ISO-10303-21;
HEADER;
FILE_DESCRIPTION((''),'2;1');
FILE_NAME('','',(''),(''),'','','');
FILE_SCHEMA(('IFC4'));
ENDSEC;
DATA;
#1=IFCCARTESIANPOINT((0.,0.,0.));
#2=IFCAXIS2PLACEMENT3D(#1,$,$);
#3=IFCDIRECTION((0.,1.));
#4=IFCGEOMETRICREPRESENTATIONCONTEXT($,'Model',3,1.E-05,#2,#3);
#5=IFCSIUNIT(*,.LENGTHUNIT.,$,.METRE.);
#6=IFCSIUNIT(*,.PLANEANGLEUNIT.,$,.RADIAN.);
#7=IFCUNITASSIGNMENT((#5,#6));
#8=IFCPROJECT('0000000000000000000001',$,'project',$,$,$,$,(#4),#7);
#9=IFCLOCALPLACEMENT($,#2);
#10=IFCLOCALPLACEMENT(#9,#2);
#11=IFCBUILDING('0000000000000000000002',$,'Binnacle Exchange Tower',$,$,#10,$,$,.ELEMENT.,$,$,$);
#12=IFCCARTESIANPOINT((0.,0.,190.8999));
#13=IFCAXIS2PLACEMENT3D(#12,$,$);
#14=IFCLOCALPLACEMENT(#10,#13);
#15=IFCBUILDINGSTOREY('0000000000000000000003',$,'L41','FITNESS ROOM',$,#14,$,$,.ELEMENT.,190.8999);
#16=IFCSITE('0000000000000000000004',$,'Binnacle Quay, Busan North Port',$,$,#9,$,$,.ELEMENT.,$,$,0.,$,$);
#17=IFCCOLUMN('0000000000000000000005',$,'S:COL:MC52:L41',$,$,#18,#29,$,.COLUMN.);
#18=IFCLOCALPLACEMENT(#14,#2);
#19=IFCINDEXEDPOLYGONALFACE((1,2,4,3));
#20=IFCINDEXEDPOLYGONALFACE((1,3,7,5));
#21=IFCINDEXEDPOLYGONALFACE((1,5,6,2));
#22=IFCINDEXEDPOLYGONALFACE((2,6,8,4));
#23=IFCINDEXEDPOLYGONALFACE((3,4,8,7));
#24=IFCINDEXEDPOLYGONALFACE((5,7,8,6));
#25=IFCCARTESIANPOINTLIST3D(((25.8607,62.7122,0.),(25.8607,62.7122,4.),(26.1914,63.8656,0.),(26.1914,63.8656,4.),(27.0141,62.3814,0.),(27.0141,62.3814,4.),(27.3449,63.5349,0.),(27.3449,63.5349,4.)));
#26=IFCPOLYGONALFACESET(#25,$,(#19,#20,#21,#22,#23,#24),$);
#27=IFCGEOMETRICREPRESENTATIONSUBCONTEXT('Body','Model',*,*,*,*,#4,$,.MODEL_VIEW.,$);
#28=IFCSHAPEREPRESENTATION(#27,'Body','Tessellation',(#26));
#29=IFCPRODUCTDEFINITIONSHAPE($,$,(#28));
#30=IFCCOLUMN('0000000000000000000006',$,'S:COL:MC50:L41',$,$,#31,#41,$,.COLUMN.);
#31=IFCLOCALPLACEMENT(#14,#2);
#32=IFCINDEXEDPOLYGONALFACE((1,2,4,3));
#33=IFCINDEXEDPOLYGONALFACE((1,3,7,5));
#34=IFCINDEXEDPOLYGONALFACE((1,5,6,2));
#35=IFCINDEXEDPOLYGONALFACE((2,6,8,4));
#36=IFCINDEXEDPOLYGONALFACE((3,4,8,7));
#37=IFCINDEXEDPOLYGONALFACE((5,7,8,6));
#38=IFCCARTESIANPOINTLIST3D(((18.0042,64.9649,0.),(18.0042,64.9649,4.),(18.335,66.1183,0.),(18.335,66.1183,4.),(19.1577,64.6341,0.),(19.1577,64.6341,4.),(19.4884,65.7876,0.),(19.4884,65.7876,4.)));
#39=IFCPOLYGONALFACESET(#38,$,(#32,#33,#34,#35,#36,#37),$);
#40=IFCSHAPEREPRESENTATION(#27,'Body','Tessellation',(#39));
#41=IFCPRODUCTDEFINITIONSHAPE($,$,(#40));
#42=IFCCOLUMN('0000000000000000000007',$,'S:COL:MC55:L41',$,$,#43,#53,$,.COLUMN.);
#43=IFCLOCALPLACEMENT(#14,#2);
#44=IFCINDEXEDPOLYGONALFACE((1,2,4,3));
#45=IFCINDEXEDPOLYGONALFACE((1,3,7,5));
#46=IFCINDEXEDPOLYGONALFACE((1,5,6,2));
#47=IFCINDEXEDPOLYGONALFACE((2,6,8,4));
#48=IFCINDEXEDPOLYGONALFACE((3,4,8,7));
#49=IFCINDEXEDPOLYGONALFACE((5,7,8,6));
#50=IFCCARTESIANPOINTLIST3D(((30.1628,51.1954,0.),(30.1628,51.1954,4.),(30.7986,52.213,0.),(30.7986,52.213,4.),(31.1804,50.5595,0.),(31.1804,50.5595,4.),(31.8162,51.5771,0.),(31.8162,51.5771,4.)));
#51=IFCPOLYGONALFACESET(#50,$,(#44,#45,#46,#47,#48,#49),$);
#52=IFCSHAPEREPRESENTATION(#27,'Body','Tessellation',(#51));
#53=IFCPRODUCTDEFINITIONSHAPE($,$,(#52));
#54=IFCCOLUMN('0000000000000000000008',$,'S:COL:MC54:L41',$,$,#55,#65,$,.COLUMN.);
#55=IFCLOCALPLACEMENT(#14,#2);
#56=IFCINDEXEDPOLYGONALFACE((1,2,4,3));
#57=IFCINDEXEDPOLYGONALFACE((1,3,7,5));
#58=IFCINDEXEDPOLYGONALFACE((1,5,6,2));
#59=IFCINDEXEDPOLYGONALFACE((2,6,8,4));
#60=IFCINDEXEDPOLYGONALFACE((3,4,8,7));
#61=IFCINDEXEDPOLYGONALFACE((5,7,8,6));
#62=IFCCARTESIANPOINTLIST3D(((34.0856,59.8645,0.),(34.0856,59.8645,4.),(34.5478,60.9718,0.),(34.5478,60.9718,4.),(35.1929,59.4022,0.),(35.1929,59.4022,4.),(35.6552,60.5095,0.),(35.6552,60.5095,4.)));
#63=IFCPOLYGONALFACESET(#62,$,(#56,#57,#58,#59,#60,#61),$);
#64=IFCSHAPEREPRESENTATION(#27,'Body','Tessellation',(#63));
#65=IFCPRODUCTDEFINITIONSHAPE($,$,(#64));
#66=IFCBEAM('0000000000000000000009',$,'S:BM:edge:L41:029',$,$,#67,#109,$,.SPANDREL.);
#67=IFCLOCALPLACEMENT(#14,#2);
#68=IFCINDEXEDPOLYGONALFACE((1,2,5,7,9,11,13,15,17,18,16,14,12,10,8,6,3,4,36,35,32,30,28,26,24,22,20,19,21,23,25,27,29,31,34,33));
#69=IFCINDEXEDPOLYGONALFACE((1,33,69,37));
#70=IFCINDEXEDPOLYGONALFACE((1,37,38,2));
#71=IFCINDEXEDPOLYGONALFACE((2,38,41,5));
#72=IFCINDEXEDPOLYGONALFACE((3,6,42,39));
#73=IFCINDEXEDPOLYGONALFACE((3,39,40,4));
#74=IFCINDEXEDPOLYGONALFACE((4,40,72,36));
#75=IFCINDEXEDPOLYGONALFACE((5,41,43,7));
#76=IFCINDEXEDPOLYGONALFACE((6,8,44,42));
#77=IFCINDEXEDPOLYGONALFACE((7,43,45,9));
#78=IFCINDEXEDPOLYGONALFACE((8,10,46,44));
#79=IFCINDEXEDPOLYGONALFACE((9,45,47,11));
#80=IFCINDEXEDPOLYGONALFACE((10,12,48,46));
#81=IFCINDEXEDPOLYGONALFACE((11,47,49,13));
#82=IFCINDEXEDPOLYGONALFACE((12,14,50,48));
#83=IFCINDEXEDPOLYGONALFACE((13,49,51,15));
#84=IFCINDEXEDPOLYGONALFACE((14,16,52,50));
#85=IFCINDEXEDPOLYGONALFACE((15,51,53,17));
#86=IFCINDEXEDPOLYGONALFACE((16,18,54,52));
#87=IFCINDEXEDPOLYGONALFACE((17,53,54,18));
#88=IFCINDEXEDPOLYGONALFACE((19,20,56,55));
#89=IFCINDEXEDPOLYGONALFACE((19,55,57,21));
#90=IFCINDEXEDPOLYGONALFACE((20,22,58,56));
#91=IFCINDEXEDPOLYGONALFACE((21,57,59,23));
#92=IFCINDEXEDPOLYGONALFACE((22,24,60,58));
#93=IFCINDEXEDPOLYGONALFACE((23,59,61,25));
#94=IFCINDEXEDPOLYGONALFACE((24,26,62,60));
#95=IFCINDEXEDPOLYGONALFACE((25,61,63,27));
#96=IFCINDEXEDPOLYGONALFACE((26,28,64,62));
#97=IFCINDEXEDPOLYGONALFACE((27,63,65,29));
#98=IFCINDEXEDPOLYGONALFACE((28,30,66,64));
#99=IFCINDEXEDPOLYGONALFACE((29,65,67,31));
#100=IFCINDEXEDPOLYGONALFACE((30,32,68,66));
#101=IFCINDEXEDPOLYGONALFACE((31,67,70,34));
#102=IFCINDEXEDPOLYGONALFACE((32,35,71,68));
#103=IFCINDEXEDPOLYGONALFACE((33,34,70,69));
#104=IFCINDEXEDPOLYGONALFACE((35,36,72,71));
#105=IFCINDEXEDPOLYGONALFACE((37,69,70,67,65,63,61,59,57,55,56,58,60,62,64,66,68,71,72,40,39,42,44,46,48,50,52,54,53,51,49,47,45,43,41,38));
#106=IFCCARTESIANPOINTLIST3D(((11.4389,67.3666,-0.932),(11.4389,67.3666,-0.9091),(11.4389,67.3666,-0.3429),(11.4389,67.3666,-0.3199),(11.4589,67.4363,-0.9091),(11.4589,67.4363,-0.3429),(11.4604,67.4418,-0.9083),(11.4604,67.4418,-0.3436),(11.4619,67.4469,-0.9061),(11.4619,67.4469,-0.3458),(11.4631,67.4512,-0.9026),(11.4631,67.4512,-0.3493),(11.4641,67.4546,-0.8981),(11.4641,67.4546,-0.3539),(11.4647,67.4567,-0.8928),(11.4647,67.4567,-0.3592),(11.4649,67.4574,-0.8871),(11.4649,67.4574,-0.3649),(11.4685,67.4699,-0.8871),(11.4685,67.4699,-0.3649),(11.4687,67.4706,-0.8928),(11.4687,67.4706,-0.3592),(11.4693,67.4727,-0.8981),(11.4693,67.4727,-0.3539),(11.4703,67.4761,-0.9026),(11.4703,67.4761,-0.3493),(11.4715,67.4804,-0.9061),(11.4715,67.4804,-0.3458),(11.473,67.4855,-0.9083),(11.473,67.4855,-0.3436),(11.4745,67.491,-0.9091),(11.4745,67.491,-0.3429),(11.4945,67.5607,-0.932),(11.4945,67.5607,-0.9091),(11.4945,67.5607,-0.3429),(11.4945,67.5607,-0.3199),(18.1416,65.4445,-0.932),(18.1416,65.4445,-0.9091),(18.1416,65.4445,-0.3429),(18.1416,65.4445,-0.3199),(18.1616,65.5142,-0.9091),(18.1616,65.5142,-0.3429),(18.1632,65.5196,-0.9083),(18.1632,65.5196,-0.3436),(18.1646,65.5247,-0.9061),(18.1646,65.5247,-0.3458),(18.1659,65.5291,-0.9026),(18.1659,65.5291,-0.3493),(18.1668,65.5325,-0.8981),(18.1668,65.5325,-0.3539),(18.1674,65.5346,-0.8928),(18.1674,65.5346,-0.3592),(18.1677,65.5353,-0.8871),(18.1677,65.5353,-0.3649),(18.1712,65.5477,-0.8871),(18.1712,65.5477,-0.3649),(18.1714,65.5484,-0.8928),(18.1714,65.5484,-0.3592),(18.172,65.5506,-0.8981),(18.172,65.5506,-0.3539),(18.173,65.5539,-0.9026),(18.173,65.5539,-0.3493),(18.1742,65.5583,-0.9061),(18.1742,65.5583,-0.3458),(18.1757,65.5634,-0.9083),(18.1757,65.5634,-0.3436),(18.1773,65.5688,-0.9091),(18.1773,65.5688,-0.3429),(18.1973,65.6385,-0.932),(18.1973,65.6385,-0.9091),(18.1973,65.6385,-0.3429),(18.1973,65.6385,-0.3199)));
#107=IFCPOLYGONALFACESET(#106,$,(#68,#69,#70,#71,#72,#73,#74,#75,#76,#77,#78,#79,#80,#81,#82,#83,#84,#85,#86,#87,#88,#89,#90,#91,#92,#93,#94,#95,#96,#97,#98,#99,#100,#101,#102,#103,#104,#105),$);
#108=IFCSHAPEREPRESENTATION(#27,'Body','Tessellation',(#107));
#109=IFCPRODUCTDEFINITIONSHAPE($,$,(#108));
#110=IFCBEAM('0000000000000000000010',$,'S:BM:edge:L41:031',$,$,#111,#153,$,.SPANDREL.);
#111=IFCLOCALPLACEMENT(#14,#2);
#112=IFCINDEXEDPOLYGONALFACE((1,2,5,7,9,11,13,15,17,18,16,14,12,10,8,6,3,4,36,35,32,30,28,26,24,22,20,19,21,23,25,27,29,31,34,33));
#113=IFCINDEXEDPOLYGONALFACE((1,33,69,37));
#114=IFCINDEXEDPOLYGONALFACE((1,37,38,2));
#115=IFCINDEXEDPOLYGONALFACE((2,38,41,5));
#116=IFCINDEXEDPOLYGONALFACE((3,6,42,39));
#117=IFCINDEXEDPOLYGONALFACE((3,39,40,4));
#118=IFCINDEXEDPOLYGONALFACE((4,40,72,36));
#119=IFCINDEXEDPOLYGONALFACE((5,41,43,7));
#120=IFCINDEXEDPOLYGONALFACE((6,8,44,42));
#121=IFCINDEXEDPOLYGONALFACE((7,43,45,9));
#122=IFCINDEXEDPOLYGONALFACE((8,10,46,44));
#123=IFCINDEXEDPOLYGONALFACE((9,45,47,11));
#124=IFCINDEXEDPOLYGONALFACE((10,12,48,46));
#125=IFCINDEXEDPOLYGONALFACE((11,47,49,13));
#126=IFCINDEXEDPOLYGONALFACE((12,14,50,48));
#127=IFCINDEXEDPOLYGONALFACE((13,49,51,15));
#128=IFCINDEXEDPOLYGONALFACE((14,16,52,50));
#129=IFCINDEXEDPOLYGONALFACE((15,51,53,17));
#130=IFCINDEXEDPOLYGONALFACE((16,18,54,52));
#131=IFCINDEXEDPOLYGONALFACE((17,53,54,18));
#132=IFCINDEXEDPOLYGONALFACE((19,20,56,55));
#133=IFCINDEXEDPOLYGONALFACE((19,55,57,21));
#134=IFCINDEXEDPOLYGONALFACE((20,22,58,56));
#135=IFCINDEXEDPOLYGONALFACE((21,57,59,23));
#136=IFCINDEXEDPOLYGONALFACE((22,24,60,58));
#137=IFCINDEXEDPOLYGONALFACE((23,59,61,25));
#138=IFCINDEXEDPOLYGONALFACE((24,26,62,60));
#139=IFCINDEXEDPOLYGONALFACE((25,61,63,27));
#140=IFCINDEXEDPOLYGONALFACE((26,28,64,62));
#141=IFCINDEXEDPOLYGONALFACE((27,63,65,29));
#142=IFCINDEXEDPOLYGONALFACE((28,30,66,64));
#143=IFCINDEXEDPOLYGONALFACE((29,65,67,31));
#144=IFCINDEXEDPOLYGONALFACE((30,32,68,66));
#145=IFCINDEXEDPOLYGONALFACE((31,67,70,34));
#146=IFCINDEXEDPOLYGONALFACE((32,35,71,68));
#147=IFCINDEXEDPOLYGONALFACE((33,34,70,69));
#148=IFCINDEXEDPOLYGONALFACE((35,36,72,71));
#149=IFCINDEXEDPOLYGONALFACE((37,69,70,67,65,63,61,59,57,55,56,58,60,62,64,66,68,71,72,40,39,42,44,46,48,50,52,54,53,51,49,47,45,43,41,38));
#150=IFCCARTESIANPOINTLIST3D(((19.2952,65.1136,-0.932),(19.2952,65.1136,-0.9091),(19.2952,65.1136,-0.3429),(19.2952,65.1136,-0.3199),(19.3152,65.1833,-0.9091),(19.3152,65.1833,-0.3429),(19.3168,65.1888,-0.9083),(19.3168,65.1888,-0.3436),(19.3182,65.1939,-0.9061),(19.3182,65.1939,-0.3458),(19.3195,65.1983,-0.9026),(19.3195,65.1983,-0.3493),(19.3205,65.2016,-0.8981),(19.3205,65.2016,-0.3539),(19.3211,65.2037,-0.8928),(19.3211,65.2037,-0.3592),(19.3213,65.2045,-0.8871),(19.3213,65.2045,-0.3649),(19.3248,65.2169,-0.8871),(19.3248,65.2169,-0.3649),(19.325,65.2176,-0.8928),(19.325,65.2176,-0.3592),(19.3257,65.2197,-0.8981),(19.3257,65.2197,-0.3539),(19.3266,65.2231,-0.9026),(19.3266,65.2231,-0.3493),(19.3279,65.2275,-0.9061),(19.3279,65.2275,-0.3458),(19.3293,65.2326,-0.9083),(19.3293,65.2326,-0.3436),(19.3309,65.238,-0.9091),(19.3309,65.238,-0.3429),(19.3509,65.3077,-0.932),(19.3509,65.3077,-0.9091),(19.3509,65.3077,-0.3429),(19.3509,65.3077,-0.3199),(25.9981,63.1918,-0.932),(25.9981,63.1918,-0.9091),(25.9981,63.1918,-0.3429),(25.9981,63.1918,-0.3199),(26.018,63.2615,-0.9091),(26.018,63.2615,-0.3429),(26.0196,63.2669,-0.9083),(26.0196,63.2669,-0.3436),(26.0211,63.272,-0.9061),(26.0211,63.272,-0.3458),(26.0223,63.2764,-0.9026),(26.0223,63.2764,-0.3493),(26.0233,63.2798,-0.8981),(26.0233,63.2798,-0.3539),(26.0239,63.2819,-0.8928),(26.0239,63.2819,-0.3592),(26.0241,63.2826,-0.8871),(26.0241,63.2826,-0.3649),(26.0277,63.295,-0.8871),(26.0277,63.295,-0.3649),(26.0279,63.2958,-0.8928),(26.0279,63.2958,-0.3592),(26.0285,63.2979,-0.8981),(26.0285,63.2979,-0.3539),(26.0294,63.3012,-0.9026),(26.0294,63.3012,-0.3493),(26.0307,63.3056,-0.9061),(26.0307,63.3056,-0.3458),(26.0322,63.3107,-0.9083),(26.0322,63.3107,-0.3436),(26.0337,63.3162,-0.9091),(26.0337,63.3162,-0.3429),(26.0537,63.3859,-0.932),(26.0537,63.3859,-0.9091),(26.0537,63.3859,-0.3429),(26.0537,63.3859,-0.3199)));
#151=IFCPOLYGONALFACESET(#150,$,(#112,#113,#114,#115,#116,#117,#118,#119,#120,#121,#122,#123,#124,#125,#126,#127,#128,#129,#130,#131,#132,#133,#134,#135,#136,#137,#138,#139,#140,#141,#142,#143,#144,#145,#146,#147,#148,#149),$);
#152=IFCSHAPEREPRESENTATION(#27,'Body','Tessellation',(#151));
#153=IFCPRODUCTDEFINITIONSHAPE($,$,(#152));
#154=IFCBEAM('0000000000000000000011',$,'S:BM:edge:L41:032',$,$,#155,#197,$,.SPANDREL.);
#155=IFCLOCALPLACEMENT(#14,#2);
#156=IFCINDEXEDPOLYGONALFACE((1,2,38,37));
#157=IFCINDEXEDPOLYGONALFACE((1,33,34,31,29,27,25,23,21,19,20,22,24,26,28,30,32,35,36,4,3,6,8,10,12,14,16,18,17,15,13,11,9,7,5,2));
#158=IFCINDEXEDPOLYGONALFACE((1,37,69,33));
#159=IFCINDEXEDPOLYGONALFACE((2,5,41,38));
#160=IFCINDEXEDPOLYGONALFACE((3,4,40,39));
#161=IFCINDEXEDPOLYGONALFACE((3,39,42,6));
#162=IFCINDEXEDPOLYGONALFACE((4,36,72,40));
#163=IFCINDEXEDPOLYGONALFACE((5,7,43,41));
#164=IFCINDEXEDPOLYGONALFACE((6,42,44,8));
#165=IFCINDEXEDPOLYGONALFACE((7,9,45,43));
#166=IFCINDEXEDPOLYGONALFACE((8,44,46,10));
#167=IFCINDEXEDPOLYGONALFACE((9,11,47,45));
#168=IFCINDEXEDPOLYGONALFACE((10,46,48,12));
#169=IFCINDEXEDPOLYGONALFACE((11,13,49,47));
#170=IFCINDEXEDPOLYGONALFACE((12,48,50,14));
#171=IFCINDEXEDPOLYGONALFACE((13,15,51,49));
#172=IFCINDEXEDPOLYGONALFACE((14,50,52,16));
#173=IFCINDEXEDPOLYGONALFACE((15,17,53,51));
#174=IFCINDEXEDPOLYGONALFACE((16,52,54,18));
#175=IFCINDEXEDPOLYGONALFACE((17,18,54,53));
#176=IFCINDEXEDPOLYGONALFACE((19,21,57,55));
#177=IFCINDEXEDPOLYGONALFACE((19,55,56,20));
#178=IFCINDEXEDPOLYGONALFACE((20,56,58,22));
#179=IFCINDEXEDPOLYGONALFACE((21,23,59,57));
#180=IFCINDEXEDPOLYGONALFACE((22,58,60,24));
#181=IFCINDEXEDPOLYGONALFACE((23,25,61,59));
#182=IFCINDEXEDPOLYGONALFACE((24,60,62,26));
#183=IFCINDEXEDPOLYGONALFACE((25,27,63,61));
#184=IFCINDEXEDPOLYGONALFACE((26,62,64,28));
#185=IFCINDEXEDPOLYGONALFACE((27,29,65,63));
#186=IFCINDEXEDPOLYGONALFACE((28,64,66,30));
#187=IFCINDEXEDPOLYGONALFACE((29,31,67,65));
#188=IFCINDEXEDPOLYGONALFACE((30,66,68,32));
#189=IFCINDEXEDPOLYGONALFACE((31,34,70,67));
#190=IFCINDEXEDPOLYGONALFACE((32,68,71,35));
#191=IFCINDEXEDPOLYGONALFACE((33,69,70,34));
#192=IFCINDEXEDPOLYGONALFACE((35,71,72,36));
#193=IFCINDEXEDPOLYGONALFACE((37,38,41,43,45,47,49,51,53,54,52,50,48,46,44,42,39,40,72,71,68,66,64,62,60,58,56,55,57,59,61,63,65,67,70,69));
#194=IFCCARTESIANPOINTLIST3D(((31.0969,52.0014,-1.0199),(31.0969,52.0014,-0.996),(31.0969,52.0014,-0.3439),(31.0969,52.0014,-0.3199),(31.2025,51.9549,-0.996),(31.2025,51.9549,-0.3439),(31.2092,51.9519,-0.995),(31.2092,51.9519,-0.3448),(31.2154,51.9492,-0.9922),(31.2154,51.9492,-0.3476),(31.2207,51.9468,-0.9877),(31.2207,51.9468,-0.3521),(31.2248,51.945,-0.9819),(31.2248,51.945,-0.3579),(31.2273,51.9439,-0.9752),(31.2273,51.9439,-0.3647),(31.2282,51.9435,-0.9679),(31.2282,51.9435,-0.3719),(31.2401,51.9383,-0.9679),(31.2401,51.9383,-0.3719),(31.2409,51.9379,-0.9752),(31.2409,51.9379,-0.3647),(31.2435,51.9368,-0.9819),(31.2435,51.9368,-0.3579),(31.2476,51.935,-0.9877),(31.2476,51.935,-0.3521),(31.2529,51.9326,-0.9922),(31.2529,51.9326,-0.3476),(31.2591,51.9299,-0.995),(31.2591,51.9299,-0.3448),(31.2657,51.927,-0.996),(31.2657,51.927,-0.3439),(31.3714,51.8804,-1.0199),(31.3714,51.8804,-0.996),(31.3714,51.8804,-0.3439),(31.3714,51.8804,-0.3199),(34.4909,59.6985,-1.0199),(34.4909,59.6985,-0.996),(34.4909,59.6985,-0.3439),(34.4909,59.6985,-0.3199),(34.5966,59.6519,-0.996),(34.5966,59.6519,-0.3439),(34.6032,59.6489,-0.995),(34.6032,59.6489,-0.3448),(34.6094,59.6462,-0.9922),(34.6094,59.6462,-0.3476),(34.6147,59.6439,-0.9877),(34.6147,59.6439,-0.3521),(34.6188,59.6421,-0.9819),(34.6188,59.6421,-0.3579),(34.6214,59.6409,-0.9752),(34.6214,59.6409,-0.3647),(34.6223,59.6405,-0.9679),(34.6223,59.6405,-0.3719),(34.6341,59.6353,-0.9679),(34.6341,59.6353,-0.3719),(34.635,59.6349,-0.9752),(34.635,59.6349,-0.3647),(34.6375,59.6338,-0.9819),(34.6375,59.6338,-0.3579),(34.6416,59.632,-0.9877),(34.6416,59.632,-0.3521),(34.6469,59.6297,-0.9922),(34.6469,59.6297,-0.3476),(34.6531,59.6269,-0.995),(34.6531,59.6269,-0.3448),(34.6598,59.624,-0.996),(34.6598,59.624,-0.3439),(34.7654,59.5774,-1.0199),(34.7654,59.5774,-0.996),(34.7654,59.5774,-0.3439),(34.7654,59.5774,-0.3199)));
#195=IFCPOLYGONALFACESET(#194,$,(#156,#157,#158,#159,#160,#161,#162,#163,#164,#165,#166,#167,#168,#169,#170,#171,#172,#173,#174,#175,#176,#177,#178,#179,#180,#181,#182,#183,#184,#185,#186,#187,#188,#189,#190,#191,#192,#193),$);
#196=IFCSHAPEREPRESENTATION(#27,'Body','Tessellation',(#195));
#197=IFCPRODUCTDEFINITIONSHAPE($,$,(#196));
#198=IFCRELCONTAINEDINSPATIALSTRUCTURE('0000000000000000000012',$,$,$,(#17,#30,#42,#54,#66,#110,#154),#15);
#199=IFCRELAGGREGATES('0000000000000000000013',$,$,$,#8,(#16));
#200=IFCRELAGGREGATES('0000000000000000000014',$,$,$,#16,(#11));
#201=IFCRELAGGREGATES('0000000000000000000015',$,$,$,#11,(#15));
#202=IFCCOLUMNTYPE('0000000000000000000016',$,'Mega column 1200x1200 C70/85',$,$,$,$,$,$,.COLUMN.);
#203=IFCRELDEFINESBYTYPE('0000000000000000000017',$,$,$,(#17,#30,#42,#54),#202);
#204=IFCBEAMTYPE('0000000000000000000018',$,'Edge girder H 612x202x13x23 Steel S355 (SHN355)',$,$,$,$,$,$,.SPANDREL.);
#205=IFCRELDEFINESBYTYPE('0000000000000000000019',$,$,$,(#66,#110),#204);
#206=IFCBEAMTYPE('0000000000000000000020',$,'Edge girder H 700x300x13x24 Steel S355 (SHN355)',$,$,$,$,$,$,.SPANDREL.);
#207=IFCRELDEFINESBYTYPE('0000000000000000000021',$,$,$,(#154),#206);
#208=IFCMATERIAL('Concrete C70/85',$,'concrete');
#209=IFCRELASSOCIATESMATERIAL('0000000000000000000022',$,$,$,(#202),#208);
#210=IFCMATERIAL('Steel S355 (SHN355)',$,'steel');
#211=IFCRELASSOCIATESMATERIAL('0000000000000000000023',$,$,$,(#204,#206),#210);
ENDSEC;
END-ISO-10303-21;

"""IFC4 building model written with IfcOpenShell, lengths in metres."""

from ifc_helpers import new_model, si_unit, direction, frame, origin, origin_2d, place, context, subcontext, project, spatial, rectangle, i_section, extrude, material, material_profile, profile_set, type_object, element, save


model = new_model("IFC4")

# Units and contexts
model_context = context("Model", 3, precision=1e-05, world=origin(), true_north=direction((0.0, 1.0)))
body_context = subcontext(model_context, "Body", "Model", "MODEL_VIEW")
ifc_project = project(units=[si_unit("LENGTHUNIT", "METRE"), si_unit("PLANEANGLEUNIT", "RADIAN")], contexts=[model_context])

# Site, building, storey
site_placement = place(None, origin())
site = spatial("IfcSite", under=ifc_project, at=site_placement, Name="Binnacle Quay, Busan North Port", CompositionType="ELEMENT", RefElevation=0.0)
building_placement = place(site_placement, origin())
building = spatial("IfcBuilding", under=site, at=building_placement, Name="Binnacle Exchange Tower", CompositionType="ELEMENT")
storey_placement = place(building_placement, frame((0.0, 0.0, 190.8999)))
storey = spatial("IfcBuildingStorey", under=building, at=storey_placement, Name="L41", Description="FITNESS ROOM", CompositionType="ELEMENT", Elevation=190.8999)

# Columns
ifc_material_1 = material(Name="Concrete C70/85", Category="concrete")
ifc_material_profile_1 = material_profile(ifc_material_1, rectangle(XDim=1.2, YDim=1.2, at=origin_2d()), Name="Mega column 1200x1200 C70/85")
ifc_profile_set_1 = profile_set([ifc_material_profile_1], Name="Concrete C70/85")
column_type = type_object("IfcColumnType", Name="Mega column 1200x1200 C70/85", PredefinedType="COLUMN", material=ifc_profile_set_1)
for number, where, z_axis, x_axis, name in (
    (1, (26.6028, 63.1235, 0.0), (0.0, 0.0, 1.0), (-0.961262, 0.275637, 0.0), "S:COL:MC52:L41"),
    (2, (18.7463, 65.3762, 0.0), (0.0, 0.0, 1.0), (-0.961262, 0.275637, 0.0), "S:COL:MC50:L41"),
    (3, (30.9895, 51.3862, 0.0), (0.0, 0.0, 1.0), (0.529919, 0.848048, 0.0), "S:COL:MC55:L41"),
    (4, (34.8704, 60.187, 0.0), (0.0, 0.0, 1.0), (-0.922814, 0.385246, 0.0), "S:COL:MC54:L41"),
):
    element("IfcColumn", number, at=place(storey_placement, frame(where, z_axis=z_axis, x_axis=x_axis)), inside=storey, type_object=column_type, Name=name, PredefinedType="COLUMN", context=body_context, shape_type="SweptSolid", body=[
        extrude(rectangle(XDim=1.2, YDim=1.2, at=origin_2d()), origin(), (0.0, 0.0, 1.0), 4.0),
    ])

# Beams
ifc_material_2 = material(Name="Steel S355 (SHN355)", Category="steel")
ifc_material_profile_2 = material_profile(ifc_material_2, i_section(OverallWidth=0.2019, OverallDepth=0.6121, WebThickness=0.0129, FlangeThickness=0.0229, FilletRadius=0.022, at=origin_2d()), Name="H 612x202x13x23")
ifc_profile_set_2 = profile_set([ifc_material_profile_2], Name="Steel S355 (SHN355)")
beam_type_1 = type_object("IfcBeamType", Name="Edge girder H 612x202x13x23 Steel S355 (SHN355)", PredefinedType="SPANDREL", material=ifc_profile_set_2)
for number, where, z_axis, x_axis, name in (
    (5, (18.1694, 65.5415, -0.626), (-0.961255, 0.27566, 0.0), (-0.27566, -0.961255, 0.0), "S:BM:edge:L41:029"),
    (6, (26.0259, 63.2888, -0.626), (-0.961267, 0.275618, 0.0), (-0.275618, -0.961267, 0.0), "S:BM:edge:L41:031"),
):
    element("IfcBeam", number, at=place(storey_placement, frame(where, z_axis=z_axis, x_axis=x_axis)), inside=storey, type_object=beam_type_1, Name=name, PredefinedType="SPANDREL", context=body_context, shape_type="SweptSolid", body=[
        extrude(i_section(OverallWidth=0.2019, OverallDepth=0.6121, WebThickness=0.0129, FlangeThickness=0.0229, FilletRadius=0.022, at=origin_2d()), origin(), (0.0, 0.0, 1.0), 6.9729),
    ])
ifc_material_profile_3 = material_profile(ifc_material_2, i_section(OverallWidth=0.3, OverallDepth=0.7, WebThickness=0.0129, FlangeThickness=0.0239, FilletRadius=0.0281, at=origin_2d()), Name="H 700x300x13x24")
ifc_profile_set_3 = profile_set([ifc_material_profile_3], Name="Steel S355 (SHN355)")
beam_type_2 = type_object("IfcBeamType", Name="Edge girder H 700x300x13x24 Steel S355 (SHN355)", PredefinedType="SPANDREL", material=ifc_profile_set_3)
beam_1_placement = place(storey_placement, frame((31.2341, 51.9409, -0.6699), z_axis=(0.403471, 0.914992, 0.0), x_axis=(-0.914992, 0.403471, 0.0)))
element("IfcBeam", 7, at=beam_1_placement, inside=storey, type_object=beam_type_2, Name="S:BM:edge:L41:032", PredefinedType="SPANDREL", context=body_context, shape_type="SweptSolid", body=[
    extrude(i_section(OverallWidth=0.3, OverallDepth=0.7, WebThickness=0.0129, FlangeThickness=0.0239, FilletRadius=0.0281, at=origin_2d()), origin(), (0.0, 0.0, 1.0), 8.4121),
])

save(model, "model.ifc")
